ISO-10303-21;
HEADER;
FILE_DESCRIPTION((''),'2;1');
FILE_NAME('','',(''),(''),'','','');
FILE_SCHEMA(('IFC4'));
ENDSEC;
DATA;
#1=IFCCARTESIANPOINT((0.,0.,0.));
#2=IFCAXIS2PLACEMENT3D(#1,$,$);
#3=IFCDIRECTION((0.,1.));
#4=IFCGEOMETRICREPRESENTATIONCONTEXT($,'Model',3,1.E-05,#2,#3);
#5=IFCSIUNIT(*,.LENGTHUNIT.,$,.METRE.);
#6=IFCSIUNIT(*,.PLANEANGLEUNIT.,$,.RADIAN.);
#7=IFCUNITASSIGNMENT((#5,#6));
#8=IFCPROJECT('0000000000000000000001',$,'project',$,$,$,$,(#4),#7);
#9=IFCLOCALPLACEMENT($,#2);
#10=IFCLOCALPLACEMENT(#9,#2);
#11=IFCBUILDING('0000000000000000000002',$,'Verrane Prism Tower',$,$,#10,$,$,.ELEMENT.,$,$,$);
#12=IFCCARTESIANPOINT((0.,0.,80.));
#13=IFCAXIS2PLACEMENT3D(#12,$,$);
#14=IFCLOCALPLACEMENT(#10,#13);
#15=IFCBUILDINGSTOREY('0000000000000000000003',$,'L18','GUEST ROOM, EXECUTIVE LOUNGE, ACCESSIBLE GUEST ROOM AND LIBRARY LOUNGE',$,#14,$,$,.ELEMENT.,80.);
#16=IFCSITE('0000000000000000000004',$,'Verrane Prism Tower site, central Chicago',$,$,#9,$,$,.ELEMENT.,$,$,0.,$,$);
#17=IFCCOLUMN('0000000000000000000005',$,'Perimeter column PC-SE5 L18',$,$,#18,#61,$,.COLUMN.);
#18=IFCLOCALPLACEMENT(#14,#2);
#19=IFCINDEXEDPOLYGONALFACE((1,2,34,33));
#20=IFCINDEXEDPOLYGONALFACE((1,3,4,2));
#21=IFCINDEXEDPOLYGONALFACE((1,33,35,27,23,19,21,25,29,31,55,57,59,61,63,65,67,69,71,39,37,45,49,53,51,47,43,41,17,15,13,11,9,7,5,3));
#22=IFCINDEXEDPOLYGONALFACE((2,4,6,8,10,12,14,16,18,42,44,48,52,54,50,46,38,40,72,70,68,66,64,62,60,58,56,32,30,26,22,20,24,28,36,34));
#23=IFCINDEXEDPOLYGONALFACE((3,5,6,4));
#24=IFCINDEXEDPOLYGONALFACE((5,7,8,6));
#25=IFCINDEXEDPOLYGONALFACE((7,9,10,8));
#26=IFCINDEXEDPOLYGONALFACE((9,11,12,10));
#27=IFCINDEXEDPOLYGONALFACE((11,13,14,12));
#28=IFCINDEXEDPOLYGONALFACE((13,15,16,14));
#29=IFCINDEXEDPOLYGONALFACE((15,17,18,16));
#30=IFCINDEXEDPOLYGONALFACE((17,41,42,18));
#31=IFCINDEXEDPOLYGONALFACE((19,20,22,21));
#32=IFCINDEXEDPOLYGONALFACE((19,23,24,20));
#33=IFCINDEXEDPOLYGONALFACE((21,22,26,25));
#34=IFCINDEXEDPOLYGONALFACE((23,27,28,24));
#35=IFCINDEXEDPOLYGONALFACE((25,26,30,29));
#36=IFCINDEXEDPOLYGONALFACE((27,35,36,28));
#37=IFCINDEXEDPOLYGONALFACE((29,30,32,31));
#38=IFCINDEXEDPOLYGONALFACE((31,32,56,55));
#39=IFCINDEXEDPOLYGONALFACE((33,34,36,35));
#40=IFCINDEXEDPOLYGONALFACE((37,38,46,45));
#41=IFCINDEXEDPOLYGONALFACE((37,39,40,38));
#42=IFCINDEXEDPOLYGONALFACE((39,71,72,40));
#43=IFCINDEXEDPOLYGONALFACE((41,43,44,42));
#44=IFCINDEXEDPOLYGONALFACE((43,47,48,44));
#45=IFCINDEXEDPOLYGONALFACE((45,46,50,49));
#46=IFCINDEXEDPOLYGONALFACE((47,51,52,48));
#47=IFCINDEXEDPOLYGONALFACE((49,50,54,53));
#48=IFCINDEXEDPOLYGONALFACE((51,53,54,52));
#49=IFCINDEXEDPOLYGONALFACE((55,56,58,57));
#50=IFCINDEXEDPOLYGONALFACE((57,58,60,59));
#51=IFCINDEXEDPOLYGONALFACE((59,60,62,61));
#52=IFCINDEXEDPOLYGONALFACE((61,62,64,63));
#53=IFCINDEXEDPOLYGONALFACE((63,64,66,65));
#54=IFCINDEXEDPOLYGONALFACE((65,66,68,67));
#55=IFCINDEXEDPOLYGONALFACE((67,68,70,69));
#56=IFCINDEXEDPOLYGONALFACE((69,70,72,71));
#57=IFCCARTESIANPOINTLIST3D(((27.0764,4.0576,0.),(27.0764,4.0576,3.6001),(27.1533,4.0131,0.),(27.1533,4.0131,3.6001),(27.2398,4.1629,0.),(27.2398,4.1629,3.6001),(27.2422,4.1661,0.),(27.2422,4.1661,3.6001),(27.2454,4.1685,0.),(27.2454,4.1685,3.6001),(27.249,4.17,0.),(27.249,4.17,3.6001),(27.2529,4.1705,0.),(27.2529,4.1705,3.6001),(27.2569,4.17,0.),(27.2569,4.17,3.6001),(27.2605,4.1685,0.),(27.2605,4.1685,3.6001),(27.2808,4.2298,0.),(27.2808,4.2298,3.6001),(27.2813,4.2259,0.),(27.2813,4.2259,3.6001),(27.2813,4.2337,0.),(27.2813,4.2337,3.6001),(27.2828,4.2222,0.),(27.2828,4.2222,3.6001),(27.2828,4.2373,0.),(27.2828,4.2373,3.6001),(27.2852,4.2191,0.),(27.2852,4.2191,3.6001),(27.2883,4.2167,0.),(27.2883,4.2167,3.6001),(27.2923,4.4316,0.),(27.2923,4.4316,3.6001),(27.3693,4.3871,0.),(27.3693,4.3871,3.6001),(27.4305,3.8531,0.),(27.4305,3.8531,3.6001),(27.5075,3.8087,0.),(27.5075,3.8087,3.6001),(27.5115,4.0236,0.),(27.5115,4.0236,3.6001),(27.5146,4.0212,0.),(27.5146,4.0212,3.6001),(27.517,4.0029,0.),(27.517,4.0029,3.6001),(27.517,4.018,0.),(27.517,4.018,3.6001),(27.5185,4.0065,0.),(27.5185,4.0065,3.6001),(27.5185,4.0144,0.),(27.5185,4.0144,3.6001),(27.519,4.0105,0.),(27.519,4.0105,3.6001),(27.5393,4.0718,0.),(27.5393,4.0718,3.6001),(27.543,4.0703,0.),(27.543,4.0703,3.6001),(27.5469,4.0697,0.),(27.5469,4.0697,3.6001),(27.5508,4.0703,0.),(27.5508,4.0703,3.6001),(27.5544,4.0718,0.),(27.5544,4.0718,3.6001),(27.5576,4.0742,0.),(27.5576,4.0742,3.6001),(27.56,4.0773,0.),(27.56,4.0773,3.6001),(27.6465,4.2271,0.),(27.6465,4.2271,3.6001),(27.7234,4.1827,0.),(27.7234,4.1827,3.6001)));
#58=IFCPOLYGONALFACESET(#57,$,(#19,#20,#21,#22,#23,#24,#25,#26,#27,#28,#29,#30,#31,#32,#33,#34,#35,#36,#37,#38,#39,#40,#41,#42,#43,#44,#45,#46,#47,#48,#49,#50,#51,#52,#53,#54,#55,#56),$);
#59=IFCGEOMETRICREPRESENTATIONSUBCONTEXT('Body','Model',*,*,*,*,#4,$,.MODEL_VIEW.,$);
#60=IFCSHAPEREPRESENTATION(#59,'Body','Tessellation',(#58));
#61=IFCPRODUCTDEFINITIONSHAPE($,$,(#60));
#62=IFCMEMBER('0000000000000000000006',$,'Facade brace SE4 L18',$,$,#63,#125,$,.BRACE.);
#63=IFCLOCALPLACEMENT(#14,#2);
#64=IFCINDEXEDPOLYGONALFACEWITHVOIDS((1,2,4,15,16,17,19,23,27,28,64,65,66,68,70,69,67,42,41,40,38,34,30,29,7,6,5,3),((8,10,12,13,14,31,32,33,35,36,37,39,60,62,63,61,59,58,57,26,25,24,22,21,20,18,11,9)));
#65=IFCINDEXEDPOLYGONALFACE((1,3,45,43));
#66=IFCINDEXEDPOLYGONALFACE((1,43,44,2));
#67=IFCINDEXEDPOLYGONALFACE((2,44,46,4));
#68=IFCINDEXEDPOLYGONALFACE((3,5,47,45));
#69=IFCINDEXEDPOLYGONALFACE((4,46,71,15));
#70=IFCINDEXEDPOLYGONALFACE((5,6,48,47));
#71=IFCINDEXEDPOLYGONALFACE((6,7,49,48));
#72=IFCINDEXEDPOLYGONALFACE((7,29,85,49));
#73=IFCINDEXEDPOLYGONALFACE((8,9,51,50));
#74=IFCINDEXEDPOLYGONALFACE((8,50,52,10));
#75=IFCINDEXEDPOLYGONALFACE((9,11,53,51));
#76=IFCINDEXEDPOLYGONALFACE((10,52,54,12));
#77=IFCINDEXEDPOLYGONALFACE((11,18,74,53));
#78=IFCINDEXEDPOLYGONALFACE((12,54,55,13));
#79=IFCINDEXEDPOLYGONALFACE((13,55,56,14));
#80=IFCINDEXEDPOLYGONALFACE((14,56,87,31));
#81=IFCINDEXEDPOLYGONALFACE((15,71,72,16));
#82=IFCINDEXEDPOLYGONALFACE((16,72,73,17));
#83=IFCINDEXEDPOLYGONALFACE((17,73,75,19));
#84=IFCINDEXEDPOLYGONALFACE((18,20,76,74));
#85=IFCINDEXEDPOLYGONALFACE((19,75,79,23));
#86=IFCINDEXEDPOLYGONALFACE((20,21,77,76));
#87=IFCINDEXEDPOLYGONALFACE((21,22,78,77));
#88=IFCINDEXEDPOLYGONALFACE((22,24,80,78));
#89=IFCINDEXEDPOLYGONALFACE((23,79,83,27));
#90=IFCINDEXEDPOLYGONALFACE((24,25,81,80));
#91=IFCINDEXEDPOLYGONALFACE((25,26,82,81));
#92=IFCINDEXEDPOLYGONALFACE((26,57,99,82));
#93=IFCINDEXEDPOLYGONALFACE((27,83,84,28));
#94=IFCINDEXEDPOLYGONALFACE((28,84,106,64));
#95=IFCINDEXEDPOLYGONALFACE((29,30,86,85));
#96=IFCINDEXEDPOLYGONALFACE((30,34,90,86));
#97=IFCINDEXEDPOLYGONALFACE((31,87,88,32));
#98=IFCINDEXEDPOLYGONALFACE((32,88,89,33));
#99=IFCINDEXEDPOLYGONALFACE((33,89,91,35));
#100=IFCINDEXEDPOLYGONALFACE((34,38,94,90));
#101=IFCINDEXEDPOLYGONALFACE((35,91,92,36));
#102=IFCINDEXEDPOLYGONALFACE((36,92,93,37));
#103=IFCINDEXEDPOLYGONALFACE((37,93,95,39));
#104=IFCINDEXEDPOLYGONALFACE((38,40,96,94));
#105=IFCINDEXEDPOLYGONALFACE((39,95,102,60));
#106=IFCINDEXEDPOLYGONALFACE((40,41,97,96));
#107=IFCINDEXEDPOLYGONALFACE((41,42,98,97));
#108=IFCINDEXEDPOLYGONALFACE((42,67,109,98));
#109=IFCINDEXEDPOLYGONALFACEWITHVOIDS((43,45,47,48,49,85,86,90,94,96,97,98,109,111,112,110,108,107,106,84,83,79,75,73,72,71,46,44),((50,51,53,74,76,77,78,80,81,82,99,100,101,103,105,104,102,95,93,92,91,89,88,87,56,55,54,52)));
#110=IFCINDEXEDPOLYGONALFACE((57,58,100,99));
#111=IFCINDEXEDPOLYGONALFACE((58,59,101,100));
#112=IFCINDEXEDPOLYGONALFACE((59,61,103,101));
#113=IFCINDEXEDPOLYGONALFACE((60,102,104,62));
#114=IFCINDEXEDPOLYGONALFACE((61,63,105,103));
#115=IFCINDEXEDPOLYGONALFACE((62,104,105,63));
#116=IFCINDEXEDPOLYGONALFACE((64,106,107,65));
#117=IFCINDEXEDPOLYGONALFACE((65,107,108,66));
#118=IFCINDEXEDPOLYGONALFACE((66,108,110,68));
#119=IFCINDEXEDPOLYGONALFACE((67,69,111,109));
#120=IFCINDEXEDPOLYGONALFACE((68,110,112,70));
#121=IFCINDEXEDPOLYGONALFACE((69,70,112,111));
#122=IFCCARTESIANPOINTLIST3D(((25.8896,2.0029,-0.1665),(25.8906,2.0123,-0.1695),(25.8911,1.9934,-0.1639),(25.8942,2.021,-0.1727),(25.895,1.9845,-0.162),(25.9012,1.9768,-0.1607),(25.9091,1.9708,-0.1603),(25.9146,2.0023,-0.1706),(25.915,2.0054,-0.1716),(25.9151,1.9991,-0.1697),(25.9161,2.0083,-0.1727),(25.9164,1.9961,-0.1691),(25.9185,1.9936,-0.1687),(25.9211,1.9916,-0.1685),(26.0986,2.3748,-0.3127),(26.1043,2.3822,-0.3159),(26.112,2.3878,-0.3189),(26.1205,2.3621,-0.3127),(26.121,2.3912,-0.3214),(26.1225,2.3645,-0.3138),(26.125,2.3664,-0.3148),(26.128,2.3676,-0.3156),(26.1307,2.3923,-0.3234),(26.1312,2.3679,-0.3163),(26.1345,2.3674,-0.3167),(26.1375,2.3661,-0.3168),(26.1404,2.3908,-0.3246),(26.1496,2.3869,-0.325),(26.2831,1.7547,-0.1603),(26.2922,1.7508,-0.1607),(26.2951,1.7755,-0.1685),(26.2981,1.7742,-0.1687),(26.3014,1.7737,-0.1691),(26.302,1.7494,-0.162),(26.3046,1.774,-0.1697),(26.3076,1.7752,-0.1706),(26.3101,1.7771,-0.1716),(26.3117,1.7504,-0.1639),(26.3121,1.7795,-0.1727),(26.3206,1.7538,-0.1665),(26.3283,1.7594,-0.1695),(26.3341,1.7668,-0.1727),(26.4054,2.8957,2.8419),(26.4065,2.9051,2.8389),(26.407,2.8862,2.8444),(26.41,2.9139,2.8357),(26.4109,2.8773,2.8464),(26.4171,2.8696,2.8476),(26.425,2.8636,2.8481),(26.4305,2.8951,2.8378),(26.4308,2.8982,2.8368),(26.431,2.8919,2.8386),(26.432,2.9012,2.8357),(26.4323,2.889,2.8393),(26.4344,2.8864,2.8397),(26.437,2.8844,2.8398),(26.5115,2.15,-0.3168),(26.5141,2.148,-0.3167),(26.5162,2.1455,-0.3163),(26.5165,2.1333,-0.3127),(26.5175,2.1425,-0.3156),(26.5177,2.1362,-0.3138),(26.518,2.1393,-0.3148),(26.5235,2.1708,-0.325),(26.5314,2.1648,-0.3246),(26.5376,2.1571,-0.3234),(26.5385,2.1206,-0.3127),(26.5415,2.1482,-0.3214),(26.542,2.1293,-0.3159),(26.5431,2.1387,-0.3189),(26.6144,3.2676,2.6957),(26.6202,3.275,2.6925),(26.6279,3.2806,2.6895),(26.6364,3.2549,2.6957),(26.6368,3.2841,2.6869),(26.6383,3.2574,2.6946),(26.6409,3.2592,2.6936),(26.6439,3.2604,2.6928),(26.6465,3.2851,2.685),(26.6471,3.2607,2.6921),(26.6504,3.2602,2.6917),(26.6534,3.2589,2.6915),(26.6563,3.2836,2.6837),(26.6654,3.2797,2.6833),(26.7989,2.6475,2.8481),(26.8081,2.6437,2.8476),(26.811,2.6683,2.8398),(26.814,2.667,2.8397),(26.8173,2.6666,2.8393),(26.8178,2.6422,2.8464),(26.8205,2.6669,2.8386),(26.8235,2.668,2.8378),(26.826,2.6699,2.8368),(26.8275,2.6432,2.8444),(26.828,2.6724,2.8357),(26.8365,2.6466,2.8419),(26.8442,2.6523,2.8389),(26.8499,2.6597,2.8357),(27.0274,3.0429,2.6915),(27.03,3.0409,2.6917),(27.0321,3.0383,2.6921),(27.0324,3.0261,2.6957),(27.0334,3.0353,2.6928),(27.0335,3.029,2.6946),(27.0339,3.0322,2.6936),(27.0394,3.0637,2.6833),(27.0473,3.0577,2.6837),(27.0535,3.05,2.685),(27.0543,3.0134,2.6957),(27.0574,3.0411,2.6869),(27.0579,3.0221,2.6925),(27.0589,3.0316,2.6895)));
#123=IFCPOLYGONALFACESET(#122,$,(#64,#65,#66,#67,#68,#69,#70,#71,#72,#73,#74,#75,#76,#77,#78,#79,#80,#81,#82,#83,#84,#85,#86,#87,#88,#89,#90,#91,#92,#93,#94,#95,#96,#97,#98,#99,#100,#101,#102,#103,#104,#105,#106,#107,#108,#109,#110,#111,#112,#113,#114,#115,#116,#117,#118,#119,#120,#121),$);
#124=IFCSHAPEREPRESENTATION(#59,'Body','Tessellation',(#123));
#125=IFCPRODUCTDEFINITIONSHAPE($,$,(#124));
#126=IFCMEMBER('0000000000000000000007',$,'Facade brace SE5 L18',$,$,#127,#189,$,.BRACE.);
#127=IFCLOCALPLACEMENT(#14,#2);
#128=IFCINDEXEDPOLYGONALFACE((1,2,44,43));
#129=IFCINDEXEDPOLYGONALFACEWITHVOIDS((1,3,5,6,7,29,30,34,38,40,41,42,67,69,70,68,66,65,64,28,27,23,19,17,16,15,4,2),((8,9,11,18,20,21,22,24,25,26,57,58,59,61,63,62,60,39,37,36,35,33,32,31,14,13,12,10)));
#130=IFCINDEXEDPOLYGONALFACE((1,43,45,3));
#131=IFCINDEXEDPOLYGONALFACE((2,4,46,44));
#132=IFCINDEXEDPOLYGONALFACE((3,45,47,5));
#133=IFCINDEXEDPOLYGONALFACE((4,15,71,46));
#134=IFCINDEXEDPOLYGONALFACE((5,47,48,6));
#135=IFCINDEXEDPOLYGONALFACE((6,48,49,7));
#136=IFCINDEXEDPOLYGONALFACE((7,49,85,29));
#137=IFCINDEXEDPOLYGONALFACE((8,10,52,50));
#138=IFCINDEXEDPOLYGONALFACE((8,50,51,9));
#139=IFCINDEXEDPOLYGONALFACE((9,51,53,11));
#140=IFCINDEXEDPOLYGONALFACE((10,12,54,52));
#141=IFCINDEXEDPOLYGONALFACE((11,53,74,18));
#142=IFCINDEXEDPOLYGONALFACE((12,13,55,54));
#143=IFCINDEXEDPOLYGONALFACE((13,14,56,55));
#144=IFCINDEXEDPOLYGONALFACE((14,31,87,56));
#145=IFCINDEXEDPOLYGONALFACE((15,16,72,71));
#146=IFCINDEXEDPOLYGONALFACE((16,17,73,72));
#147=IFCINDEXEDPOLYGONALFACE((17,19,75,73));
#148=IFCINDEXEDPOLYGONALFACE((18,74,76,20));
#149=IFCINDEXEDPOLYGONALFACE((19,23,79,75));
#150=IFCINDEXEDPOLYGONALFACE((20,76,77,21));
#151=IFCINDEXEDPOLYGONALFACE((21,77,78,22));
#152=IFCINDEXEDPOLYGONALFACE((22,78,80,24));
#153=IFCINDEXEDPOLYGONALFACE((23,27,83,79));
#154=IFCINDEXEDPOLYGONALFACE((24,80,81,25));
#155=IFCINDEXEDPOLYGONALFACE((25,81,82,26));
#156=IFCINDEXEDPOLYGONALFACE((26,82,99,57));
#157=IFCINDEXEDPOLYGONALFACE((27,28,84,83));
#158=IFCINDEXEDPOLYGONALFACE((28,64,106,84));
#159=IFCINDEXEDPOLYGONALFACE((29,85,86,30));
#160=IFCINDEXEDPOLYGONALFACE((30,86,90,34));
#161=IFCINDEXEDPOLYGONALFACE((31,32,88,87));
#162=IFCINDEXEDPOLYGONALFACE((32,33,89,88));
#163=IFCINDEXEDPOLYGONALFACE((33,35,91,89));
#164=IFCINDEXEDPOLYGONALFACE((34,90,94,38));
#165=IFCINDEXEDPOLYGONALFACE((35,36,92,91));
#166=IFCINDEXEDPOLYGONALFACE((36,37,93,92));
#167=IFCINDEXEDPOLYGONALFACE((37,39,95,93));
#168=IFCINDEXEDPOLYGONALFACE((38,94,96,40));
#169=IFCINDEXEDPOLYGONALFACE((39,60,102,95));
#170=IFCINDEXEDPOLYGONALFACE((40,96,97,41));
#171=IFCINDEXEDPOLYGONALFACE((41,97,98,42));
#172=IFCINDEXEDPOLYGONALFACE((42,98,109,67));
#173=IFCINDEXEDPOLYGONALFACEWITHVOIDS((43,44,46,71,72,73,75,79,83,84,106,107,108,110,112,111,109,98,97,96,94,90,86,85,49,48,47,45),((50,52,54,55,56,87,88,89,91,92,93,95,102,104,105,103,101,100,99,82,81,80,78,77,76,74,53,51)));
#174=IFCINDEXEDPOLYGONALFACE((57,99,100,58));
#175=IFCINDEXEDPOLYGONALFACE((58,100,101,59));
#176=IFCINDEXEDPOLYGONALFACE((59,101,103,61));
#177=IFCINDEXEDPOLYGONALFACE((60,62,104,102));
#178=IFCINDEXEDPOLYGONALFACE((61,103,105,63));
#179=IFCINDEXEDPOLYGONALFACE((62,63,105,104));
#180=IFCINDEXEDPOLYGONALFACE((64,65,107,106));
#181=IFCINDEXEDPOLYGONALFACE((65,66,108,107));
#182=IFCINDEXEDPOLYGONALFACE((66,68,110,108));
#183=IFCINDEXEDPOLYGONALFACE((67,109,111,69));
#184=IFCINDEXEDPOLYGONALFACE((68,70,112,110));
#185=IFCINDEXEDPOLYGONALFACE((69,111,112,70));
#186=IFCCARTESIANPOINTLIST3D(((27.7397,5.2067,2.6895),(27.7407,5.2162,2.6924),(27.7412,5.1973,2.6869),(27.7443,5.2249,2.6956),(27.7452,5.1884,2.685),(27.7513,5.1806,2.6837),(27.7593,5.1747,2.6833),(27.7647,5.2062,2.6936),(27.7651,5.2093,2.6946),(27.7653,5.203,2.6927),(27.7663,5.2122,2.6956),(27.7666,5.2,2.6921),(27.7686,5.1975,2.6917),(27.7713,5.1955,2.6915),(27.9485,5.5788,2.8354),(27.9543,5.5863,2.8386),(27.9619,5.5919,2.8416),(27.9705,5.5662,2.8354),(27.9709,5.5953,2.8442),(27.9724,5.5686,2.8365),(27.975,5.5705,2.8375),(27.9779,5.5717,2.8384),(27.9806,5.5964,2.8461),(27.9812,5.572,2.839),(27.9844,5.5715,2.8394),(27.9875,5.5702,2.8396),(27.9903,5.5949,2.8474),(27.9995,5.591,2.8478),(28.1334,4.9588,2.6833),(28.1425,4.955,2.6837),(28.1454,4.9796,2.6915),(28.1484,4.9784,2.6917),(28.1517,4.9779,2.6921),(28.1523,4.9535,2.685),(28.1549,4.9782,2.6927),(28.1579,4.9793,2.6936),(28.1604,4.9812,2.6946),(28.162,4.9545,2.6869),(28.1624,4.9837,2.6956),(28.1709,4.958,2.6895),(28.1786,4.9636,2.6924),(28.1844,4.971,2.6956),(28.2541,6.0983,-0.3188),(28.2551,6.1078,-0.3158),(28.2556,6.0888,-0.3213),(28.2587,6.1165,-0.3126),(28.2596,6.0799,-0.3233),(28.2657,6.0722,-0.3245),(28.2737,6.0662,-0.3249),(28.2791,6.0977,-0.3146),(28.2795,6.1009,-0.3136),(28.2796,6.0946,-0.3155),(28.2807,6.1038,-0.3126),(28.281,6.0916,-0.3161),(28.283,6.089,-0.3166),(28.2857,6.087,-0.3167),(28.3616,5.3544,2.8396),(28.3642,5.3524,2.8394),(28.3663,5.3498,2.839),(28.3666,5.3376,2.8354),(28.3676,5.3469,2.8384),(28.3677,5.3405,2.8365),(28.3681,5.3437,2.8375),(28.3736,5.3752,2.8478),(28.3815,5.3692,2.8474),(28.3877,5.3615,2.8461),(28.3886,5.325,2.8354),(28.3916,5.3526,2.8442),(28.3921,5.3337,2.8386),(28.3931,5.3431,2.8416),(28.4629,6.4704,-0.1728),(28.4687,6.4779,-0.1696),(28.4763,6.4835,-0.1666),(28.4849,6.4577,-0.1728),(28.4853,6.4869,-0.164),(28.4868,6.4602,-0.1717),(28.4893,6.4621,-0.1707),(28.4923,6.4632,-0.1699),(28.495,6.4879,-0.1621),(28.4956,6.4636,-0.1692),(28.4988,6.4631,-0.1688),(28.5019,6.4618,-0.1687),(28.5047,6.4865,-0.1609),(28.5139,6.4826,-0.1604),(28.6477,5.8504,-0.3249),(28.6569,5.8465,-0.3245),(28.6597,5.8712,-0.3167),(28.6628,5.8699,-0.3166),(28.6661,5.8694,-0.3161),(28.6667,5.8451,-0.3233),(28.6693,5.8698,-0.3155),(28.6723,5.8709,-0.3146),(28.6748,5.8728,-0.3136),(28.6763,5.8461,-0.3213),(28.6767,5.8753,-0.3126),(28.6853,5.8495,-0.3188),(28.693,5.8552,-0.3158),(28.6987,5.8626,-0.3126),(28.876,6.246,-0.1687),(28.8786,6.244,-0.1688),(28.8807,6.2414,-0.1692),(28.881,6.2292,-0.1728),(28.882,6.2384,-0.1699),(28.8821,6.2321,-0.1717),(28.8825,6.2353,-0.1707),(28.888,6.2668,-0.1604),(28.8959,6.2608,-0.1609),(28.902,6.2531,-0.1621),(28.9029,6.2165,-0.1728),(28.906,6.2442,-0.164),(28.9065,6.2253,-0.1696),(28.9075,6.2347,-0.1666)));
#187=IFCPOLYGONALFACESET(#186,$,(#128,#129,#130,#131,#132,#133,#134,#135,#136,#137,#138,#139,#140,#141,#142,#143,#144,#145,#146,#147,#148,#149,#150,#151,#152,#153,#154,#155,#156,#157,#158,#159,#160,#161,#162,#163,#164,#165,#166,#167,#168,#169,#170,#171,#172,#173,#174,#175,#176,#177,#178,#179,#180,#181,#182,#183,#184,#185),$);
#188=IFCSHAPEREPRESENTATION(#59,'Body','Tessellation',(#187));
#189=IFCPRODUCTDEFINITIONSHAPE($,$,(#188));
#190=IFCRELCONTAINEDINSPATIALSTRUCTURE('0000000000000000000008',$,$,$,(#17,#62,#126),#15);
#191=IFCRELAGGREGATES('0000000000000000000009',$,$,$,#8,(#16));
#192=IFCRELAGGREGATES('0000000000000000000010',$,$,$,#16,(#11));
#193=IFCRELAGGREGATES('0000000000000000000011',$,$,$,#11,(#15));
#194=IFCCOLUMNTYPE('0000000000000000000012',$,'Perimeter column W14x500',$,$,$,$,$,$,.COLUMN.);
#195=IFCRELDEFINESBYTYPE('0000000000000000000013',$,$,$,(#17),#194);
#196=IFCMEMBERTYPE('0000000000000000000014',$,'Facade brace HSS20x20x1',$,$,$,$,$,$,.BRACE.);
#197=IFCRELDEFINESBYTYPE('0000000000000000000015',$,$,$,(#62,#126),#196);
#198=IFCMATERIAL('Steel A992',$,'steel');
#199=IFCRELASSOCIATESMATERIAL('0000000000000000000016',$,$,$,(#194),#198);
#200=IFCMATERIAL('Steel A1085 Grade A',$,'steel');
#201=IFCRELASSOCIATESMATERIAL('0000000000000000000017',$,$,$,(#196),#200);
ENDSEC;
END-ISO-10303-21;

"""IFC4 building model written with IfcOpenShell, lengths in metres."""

from ifc_helpers import new_model, si_unit, direction, frame, origin, origin_2d, place, context, subcontext, project, spatial, hollow_rectangle, i_section, extrude, material, material_profile, profile_set, type_object, element, save


model = new_model("IFC4")

# Units and contexts
model_context = context("Model", 3, precision=1e-05, world=origin(), true_north=direction((0.0, 1.0)))
body_context = subcontext(model_context, "Body", "Model", "MODEL_VIEW")
ifc_project = project(units=[si_unit("LENGTHUNIT", "METRE"), si_unit("PLANEANGLEUNIT", "RADIAN")], contexts=[model_context])

# Site, building, storey
site_placement = place(None, origin())
site = spatial("IfcSite", under=ifc_project, at=site_placement, Name="Verrane Prism Tower site, central Chicago", CompositionType="ELEMENT", RefElevation=0.0)
building_placement = place(site_placement, origin())
building = spatial("IfcBuilding", under=site, at=building_placement, Name="Verrane Prism Tower", CompositionType="ELEMENT")
storey_placement = place(building_placement, frame((0.0, 0.0, 80.0)))
storey = spatial("IfcBuildingStorey", under=building, at=storey_placement, Name="L18", Description="GUEST ROOM, EXECUTIVE LOUNGE, ACCESSIBLE GUEST ROOM AND LIBRARY LOUNGE", CompositionType="ELEMENT", Elevation=80.0)

# Column
ifc_material_1 = material(Name="Steel A992", Category="steel")
ifc_material_profile_1 = material_profile(ifc_material_1, i_section(OverallWidth=0.4319, OverallDepth=0.4978, WebThickness=0.0557, FlangeThickness=0.0889, FilletRadius=0.0151, at=origin_2d()), Name="W14x500")
ifc_profile_set_1 = profile_set([ifc_material_profile_1], Name="Steel A992")
column_type = type_object("IfcColumnType", Name="Perimeter column W14x500", PredefinedType="COLUMN", material=ifc_profile_set_1)
column_placement = place(storey_placement, frame((27.3999, 4.1201, 0.0), z_axis=(0.0, 0.0, 1.0), x_axis=(-0.5, -0.866025, 0.0)))
element("IfcColumn", 1, at=column_placement, inside=storey, type_object=column_type, Name="Perimeter column PC-SE5 L18", PredefinedType="COLUMN", context=body_context, shape_type="SweptSolid", body=[
    extrude(i_section(OverallWidth=0.4319, OverallDepth=0.4978, WebThickness=0.0557, FlangeThickness=0.0889, FilletRadius=0.0151, at=origin_2d()), origin(), (0.0, 0.0, 1.0), 3.6001),
])

# Members
ifc_material_2 = material(Name="Steel A1085 Grade A", Category="steel")
ifc_material_profile_2 = material_profile(ifc_material_2, hollow_rectangle(XDim=0.5081, YDim=0.5081, WallThickness=0.0254, InnerFilletRadius=0.0127, OuterFilletRadius=0.0381, at=origin_2d()), Name="HSS20x20x1")
ifc_profile_set_2 = profile_set([ifc_material_profile_2], Name="Steel A1085 Grade A")
member_type_1 = type_object("IfcMemberType", Name="Facade brace HSS20x20x1", PredefinedType="BRACE", material=ifc_profile_set_2)
member_1_placement = place(storey_placement, frame((26.2163, 2.0708, -0.2427), z_axis=(0.162217, 0.280752, 0.945973), x_axis=(-0.865858, 0.500289, 0.0)))
element("IfcMember", 2, at=member_1_placement, inside=storey, type_object=member_type_1, Name="Facade brace SE4 L18", PredefinedType="BRACE", context=body_context, shape_type="SweptSolid", body=[
    extrude(hollow_rectangle(XDim=0.5081, YDim=0.5081, WallThickness=0.0254, InnerFilletRadius=0.0127, OuterFilletRadius=0.0381, at=origin_2d()), origin(), (0.0, 0.0, 1.0), 3.1802),
])
member_2_placement = place(storey_placement, frame((28.5808, 6.1665, -0.2427), z_axis=(-0.161786, -0.280419, 0.946145), x_axis=(0.866178, -0.499736, 0.0)))
element("IfcMember", 3, at=member_2_placement, inside=storey, type_object=member_type_1, Name="Facade brace SE5 L18", PredefinedType="BRACE", context=body_context, shape_type="SweptSolid", body=[
    extrude(hollow_rectangle(XDim=0.5081, YDim=0.5081, WallThickness=0.0254, InnerFilletRadius=0.0127, OuterFilletRadius=0.0381, at=origin_2d()), origin(), (0.0, 0.0, 1.0), 3.1794),
])

save(model, "model.ifc")
